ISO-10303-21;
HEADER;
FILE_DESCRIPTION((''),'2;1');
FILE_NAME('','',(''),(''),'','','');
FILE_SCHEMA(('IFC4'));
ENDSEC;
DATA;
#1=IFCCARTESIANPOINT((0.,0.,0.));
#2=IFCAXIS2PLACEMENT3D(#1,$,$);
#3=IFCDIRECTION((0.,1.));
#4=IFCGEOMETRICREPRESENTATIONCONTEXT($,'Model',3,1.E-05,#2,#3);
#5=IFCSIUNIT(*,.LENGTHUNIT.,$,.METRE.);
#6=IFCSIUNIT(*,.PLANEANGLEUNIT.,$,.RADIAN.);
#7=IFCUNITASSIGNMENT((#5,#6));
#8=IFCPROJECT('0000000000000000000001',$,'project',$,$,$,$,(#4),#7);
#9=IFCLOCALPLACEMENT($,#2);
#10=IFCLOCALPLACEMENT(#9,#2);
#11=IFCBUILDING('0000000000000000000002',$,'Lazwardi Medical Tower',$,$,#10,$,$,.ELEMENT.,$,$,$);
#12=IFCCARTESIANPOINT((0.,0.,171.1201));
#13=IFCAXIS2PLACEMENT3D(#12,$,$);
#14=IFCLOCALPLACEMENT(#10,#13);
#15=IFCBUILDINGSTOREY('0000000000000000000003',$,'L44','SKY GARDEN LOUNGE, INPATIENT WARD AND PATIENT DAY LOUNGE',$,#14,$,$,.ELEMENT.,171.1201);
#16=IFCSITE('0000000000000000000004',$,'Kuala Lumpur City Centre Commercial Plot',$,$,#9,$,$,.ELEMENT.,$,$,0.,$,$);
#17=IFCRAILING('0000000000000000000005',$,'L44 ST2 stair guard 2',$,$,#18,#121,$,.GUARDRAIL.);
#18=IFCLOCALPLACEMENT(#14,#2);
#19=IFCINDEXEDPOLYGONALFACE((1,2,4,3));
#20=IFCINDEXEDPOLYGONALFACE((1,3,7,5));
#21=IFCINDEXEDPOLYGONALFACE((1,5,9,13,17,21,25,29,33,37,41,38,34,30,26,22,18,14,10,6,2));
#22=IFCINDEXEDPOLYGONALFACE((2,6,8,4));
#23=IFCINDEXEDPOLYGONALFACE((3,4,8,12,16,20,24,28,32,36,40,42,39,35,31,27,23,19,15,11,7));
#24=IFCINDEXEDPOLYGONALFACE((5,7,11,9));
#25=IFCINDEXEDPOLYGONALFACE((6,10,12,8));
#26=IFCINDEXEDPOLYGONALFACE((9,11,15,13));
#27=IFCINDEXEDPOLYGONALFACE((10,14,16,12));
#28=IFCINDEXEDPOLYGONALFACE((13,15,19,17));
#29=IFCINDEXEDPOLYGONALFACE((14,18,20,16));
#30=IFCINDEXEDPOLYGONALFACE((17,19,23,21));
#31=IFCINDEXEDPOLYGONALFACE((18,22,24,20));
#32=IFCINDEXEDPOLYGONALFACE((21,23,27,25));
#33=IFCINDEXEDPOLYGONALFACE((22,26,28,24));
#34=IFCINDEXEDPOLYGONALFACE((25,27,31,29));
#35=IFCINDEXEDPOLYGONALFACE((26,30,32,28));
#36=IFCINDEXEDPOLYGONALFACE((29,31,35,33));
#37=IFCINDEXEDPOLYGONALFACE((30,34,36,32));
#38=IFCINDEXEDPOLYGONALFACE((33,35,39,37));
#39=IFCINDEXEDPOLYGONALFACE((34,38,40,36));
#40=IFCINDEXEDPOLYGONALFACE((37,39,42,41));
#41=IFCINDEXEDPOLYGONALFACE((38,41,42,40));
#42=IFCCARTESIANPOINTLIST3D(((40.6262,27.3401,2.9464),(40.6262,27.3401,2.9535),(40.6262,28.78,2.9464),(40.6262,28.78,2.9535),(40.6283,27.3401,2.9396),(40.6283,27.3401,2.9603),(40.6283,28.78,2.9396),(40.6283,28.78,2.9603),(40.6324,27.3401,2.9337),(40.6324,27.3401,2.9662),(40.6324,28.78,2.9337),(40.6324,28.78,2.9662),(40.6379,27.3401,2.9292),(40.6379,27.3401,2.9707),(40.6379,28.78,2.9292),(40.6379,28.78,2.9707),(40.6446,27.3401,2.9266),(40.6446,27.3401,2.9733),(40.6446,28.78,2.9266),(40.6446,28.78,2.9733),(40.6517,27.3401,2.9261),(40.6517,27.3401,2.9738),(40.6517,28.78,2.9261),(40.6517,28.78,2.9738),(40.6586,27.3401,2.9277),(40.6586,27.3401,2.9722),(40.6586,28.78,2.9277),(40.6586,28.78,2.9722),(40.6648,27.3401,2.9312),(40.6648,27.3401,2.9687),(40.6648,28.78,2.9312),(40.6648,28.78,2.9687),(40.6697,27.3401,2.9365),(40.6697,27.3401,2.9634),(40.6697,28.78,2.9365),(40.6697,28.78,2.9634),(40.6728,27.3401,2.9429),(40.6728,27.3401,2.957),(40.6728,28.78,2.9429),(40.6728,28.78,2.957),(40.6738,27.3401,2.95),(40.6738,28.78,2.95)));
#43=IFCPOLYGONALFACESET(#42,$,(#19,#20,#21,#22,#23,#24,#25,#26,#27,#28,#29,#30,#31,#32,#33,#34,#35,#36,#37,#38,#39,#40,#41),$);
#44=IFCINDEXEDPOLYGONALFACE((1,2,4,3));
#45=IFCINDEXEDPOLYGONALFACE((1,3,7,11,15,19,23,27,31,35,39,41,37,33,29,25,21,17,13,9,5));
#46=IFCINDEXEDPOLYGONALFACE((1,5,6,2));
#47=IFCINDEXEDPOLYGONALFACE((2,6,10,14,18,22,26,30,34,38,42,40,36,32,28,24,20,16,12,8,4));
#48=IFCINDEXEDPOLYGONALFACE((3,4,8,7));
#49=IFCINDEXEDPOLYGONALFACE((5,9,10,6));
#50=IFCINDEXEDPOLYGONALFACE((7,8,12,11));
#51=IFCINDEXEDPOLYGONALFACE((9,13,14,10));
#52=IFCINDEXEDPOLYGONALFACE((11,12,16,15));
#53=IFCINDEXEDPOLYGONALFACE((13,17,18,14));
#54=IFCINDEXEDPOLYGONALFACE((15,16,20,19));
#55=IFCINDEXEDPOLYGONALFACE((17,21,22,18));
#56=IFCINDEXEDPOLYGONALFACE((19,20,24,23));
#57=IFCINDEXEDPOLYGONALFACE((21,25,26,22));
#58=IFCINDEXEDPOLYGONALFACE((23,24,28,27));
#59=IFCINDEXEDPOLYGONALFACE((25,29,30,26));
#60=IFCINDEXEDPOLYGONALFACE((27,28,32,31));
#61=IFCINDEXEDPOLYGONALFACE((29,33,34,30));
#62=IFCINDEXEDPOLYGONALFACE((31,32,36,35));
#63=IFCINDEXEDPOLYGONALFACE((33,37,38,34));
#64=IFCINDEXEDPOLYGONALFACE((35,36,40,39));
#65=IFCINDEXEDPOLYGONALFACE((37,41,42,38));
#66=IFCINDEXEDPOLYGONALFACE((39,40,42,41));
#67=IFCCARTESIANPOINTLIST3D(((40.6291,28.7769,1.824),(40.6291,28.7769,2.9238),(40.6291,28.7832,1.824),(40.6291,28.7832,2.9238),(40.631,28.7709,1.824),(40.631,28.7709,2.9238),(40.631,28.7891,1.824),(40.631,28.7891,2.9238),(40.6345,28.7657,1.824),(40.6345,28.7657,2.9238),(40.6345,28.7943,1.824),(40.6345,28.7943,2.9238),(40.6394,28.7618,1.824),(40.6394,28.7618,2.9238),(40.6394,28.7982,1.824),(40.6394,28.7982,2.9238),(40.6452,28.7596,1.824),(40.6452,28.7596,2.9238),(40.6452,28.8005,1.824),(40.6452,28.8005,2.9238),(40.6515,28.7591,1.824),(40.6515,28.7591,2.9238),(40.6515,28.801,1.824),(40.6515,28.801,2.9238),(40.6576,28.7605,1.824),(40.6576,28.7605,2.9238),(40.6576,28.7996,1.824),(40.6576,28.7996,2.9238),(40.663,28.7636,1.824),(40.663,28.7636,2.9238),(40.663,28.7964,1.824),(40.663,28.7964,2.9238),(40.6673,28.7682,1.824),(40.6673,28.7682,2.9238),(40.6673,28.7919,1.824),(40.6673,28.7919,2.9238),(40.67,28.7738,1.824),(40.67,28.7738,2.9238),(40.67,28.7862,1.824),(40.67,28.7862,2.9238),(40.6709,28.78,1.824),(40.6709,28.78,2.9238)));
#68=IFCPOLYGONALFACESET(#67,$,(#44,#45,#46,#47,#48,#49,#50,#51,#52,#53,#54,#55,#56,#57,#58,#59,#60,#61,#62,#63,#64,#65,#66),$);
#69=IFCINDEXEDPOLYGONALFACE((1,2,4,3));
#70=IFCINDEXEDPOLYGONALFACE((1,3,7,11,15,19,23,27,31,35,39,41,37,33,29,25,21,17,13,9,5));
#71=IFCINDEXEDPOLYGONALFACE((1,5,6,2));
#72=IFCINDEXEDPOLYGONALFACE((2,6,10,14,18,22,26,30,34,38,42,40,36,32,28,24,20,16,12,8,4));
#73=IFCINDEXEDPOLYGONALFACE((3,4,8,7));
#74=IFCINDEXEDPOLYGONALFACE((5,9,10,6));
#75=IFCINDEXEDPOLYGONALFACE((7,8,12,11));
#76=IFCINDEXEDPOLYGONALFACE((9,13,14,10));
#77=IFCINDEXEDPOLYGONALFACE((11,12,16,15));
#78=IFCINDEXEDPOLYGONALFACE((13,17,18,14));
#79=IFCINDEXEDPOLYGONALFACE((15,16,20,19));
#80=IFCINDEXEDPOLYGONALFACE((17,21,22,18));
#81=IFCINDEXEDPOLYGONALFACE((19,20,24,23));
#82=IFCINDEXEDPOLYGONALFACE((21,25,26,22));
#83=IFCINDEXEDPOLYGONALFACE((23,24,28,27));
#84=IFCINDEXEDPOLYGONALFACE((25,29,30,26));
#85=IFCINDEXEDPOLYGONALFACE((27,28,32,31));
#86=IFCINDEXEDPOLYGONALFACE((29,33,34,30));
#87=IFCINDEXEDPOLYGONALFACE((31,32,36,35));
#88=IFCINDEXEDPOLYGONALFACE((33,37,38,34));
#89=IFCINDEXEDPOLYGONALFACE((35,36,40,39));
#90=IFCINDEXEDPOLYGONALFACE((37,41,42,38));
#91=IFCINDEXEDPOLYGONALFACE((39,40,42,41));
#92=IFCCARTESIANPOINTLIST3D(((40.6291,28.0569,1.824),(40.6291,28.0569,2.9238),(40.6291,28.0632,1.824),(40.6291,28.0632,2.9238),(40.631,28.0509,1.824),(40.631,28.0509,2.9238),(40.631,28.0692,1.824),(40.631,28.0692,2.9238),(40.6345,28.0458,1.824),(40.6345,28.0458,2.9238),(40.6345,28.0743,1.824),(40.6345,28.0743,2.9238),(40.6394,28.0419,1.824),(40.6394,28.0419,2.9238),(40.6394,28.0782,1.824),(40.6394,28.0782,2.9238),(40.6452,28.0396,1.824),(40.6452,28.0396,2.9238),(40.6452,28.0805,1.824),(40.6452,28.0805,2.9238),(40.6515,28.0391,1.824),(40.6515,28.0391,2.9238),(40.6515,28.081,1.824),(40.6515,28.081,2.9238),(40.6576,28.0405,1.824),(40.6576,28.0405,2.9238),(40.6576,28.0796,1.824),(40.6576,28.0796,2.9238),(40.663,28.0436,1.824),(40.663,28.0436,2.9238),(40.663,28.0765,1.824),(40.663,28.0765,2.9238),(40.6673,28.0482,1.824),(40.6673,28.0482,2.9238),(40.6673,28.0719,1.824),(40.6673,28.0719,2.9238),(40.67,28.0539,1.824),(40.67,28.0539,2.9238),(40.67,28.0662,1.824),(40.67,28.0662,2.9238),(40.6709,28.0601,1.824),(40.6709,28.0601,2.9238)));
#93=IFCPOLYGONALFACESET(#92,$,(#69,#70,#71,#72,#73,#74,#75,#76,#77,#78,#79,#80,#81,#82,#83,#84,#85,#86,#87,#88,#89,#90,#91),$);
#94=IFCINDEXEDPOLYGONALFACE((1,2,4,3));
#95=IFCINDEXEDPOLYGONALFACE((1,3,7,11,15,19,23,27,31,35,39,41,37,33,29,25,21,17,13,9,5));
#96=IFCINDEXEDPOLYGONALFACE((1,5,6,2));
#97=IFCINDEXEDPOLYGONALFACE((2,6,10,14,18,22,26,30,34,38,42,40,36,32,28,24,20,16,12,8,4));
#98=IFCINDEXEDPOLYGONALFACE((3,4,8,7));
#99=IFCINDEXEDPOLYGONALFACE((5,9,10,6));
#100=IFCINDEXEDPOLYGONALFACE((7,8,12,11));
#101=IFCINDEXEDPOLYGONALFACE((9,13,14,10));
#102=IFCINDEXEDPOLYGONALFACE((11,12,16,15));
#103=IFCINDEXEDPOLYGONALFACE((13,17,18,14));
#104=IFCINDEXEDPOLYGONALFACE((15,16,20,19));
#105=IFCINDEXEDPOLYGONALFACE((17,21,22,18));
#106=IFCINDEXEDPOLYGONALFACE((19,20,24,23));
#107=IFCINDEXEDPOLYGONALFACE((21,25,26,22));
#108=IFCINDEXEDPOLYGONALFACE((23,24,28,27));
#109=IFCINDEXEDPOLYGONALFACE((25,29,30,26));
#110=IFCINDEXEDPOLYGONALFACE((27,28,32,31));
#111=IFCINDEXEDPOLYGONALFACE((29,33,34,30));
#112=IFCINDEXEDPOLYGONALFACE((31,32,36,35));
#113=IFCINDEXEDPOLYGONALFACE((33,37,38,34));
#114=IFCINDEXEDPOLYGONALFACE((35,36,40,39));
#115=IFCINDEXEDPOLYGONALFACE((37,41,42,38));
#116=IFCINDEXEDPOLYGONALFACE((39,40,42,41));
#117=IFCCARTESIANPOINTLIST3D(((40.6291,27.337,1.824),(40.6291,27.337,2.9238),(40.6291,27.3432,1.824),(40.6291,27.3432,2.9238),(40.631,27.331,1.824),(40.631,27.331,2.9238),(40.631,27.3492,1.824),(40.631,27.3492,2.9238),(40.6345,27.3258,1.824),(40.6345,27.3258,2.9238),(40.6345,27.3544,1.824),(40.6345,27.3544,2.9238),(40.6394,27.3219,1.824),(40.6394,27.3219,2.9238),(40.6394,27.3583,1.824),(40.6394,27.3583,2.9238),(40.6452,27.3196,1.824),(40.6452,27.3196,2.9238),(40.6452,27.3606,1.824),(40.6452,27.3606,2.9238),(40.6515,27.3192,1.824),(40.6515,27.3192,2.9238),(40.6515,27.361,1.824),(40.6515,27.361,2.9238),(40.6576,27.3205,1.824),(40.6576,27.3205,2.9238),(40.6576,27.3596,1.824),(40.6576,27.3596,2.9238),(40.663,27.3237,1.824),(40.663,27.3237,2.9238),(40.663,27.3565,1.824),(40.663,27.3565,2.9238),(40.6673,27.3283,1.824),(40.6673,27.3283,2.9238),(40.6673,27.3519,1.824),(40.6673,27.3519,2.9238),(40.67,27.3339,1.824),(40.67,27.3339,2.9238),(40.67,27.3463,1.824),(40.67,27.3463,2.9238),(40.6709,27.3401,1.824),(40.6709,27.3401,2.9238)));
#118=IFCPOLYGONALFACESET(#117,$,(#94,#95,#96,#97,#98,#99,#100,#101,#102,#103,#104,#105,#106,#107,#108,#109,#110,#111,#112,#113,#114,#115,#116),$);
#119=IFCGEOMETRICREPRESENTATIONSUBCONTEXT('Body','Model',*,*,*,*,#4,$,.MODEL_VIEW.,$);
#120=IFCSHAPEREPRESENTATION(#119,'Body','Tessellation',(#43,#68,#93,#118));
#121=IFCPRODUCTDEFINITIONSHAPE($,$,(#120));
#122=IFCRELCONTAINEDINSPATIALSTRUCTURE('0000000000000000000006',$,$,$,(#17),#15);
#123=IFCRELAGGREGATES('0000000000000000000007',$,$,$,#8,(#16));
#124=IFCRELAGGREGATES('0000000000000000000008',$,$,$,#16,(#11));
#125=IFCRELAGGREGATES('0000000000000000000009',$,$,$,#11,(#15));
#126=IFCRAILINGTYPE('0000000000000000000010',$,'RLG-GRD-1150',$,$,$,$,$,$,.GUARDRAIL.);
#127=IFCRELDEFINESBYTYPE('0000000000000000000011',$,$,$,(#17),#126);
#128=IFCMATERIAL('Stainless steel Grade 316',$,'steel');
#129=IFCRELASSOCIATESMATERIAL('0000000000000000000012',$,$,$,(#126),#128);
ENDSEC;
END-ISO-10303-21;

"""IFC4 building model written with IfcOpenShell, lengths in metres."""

from ifc_helpers import new_model, si_unit, direction, frame, origin, origin_2d, place, context, subcontext, project, spatial, circle, extrude, material, type_object, element, save


model = new_model("IFC4")

# Units and contexts
model_context = context("Model", 3, precision=1e-05, world=origin(), true_north=direction((0.0, 1.0)))
body_context = subcontext(model_context, "Body", "Model", "MODEL_VIEW")
ifc_project = project(units=[si_unit("LENGTHUNIT", "METRE"), si_unit("PLANEANGLEUNIT", "RADIAN")], contexts=[model_context])

# Site, building, storey
site_placement = place(None, origin())
site = spatial("IfcSite", under=ifc_project, at=site_placement, Name="Kuala Lumpur City Centre Commercial Plot", CompositionType="ELEMENT", RefElevation=0.0)
building_placement = place(site_placement, origin())
building = spatial("IfcBuilding", under=site, at=building_placement, Name="Lazwardi Medical Tower", CompositionType="ELEMENT")
storey_placement = place(building_placement, frame((0.0, 0.0, 171.1201)))
storey = spatial("IfcBuildingStorey", under=building, at=storey_placement, Name="L44", Description="SKY GARDEN LOUNGE, INPATIENT WARD AND PATIENT DAY LOUNGE", CompositionType="ELEMENT", Elevation=171.1201)

# Railing
ifc_material_1 = material(Name="Stainless steel Grade 316", Category="steel")
railing_type_1 = type_object("IfcRailingType", Name="RLG-GRD-1150", PredefinedType="GUARDRAIL", material=ifc_material_1)
railing_1_placement = place(storey_placement, frame((40.6499, 28.78, 1.824)))
element("IfcRailing", 1, at=railing_1_placement, inside=storey, type_object=railing_type_1, Name="L44 ST2 stair guard 2", PredefinedType="GUARDRAIL", context=body_context, shape_type="SweptSolid", body=[
    extrude(circle(Radius=0.0239, at=origin_2d()), frame((0.0, 0.0, 1.126), z_axis=(0.0, -1.0, 0.0), x_axis=(1.0, 0.0, 0.0)), (0.0, 0.0, 1.0), 1.4399),
    extrude(circle(Radius=0.021, at=origin_2d()), origin(), (0.0, 0.0, 1.0), 1.0999),
    extrude(circle(Radius=0.021, at=origin_2d()), frame((0.0, -0.72, 0.0)), (0.0, 0.0, 1.0), 1.0999),
    extrude(circle(Radius=0.021, at=origin_2d()), frame((0.0, -1.4399, 0.0)), (0.0, 0.0, 1.0), 1.0999),
])

save(model, "model.ifc")
